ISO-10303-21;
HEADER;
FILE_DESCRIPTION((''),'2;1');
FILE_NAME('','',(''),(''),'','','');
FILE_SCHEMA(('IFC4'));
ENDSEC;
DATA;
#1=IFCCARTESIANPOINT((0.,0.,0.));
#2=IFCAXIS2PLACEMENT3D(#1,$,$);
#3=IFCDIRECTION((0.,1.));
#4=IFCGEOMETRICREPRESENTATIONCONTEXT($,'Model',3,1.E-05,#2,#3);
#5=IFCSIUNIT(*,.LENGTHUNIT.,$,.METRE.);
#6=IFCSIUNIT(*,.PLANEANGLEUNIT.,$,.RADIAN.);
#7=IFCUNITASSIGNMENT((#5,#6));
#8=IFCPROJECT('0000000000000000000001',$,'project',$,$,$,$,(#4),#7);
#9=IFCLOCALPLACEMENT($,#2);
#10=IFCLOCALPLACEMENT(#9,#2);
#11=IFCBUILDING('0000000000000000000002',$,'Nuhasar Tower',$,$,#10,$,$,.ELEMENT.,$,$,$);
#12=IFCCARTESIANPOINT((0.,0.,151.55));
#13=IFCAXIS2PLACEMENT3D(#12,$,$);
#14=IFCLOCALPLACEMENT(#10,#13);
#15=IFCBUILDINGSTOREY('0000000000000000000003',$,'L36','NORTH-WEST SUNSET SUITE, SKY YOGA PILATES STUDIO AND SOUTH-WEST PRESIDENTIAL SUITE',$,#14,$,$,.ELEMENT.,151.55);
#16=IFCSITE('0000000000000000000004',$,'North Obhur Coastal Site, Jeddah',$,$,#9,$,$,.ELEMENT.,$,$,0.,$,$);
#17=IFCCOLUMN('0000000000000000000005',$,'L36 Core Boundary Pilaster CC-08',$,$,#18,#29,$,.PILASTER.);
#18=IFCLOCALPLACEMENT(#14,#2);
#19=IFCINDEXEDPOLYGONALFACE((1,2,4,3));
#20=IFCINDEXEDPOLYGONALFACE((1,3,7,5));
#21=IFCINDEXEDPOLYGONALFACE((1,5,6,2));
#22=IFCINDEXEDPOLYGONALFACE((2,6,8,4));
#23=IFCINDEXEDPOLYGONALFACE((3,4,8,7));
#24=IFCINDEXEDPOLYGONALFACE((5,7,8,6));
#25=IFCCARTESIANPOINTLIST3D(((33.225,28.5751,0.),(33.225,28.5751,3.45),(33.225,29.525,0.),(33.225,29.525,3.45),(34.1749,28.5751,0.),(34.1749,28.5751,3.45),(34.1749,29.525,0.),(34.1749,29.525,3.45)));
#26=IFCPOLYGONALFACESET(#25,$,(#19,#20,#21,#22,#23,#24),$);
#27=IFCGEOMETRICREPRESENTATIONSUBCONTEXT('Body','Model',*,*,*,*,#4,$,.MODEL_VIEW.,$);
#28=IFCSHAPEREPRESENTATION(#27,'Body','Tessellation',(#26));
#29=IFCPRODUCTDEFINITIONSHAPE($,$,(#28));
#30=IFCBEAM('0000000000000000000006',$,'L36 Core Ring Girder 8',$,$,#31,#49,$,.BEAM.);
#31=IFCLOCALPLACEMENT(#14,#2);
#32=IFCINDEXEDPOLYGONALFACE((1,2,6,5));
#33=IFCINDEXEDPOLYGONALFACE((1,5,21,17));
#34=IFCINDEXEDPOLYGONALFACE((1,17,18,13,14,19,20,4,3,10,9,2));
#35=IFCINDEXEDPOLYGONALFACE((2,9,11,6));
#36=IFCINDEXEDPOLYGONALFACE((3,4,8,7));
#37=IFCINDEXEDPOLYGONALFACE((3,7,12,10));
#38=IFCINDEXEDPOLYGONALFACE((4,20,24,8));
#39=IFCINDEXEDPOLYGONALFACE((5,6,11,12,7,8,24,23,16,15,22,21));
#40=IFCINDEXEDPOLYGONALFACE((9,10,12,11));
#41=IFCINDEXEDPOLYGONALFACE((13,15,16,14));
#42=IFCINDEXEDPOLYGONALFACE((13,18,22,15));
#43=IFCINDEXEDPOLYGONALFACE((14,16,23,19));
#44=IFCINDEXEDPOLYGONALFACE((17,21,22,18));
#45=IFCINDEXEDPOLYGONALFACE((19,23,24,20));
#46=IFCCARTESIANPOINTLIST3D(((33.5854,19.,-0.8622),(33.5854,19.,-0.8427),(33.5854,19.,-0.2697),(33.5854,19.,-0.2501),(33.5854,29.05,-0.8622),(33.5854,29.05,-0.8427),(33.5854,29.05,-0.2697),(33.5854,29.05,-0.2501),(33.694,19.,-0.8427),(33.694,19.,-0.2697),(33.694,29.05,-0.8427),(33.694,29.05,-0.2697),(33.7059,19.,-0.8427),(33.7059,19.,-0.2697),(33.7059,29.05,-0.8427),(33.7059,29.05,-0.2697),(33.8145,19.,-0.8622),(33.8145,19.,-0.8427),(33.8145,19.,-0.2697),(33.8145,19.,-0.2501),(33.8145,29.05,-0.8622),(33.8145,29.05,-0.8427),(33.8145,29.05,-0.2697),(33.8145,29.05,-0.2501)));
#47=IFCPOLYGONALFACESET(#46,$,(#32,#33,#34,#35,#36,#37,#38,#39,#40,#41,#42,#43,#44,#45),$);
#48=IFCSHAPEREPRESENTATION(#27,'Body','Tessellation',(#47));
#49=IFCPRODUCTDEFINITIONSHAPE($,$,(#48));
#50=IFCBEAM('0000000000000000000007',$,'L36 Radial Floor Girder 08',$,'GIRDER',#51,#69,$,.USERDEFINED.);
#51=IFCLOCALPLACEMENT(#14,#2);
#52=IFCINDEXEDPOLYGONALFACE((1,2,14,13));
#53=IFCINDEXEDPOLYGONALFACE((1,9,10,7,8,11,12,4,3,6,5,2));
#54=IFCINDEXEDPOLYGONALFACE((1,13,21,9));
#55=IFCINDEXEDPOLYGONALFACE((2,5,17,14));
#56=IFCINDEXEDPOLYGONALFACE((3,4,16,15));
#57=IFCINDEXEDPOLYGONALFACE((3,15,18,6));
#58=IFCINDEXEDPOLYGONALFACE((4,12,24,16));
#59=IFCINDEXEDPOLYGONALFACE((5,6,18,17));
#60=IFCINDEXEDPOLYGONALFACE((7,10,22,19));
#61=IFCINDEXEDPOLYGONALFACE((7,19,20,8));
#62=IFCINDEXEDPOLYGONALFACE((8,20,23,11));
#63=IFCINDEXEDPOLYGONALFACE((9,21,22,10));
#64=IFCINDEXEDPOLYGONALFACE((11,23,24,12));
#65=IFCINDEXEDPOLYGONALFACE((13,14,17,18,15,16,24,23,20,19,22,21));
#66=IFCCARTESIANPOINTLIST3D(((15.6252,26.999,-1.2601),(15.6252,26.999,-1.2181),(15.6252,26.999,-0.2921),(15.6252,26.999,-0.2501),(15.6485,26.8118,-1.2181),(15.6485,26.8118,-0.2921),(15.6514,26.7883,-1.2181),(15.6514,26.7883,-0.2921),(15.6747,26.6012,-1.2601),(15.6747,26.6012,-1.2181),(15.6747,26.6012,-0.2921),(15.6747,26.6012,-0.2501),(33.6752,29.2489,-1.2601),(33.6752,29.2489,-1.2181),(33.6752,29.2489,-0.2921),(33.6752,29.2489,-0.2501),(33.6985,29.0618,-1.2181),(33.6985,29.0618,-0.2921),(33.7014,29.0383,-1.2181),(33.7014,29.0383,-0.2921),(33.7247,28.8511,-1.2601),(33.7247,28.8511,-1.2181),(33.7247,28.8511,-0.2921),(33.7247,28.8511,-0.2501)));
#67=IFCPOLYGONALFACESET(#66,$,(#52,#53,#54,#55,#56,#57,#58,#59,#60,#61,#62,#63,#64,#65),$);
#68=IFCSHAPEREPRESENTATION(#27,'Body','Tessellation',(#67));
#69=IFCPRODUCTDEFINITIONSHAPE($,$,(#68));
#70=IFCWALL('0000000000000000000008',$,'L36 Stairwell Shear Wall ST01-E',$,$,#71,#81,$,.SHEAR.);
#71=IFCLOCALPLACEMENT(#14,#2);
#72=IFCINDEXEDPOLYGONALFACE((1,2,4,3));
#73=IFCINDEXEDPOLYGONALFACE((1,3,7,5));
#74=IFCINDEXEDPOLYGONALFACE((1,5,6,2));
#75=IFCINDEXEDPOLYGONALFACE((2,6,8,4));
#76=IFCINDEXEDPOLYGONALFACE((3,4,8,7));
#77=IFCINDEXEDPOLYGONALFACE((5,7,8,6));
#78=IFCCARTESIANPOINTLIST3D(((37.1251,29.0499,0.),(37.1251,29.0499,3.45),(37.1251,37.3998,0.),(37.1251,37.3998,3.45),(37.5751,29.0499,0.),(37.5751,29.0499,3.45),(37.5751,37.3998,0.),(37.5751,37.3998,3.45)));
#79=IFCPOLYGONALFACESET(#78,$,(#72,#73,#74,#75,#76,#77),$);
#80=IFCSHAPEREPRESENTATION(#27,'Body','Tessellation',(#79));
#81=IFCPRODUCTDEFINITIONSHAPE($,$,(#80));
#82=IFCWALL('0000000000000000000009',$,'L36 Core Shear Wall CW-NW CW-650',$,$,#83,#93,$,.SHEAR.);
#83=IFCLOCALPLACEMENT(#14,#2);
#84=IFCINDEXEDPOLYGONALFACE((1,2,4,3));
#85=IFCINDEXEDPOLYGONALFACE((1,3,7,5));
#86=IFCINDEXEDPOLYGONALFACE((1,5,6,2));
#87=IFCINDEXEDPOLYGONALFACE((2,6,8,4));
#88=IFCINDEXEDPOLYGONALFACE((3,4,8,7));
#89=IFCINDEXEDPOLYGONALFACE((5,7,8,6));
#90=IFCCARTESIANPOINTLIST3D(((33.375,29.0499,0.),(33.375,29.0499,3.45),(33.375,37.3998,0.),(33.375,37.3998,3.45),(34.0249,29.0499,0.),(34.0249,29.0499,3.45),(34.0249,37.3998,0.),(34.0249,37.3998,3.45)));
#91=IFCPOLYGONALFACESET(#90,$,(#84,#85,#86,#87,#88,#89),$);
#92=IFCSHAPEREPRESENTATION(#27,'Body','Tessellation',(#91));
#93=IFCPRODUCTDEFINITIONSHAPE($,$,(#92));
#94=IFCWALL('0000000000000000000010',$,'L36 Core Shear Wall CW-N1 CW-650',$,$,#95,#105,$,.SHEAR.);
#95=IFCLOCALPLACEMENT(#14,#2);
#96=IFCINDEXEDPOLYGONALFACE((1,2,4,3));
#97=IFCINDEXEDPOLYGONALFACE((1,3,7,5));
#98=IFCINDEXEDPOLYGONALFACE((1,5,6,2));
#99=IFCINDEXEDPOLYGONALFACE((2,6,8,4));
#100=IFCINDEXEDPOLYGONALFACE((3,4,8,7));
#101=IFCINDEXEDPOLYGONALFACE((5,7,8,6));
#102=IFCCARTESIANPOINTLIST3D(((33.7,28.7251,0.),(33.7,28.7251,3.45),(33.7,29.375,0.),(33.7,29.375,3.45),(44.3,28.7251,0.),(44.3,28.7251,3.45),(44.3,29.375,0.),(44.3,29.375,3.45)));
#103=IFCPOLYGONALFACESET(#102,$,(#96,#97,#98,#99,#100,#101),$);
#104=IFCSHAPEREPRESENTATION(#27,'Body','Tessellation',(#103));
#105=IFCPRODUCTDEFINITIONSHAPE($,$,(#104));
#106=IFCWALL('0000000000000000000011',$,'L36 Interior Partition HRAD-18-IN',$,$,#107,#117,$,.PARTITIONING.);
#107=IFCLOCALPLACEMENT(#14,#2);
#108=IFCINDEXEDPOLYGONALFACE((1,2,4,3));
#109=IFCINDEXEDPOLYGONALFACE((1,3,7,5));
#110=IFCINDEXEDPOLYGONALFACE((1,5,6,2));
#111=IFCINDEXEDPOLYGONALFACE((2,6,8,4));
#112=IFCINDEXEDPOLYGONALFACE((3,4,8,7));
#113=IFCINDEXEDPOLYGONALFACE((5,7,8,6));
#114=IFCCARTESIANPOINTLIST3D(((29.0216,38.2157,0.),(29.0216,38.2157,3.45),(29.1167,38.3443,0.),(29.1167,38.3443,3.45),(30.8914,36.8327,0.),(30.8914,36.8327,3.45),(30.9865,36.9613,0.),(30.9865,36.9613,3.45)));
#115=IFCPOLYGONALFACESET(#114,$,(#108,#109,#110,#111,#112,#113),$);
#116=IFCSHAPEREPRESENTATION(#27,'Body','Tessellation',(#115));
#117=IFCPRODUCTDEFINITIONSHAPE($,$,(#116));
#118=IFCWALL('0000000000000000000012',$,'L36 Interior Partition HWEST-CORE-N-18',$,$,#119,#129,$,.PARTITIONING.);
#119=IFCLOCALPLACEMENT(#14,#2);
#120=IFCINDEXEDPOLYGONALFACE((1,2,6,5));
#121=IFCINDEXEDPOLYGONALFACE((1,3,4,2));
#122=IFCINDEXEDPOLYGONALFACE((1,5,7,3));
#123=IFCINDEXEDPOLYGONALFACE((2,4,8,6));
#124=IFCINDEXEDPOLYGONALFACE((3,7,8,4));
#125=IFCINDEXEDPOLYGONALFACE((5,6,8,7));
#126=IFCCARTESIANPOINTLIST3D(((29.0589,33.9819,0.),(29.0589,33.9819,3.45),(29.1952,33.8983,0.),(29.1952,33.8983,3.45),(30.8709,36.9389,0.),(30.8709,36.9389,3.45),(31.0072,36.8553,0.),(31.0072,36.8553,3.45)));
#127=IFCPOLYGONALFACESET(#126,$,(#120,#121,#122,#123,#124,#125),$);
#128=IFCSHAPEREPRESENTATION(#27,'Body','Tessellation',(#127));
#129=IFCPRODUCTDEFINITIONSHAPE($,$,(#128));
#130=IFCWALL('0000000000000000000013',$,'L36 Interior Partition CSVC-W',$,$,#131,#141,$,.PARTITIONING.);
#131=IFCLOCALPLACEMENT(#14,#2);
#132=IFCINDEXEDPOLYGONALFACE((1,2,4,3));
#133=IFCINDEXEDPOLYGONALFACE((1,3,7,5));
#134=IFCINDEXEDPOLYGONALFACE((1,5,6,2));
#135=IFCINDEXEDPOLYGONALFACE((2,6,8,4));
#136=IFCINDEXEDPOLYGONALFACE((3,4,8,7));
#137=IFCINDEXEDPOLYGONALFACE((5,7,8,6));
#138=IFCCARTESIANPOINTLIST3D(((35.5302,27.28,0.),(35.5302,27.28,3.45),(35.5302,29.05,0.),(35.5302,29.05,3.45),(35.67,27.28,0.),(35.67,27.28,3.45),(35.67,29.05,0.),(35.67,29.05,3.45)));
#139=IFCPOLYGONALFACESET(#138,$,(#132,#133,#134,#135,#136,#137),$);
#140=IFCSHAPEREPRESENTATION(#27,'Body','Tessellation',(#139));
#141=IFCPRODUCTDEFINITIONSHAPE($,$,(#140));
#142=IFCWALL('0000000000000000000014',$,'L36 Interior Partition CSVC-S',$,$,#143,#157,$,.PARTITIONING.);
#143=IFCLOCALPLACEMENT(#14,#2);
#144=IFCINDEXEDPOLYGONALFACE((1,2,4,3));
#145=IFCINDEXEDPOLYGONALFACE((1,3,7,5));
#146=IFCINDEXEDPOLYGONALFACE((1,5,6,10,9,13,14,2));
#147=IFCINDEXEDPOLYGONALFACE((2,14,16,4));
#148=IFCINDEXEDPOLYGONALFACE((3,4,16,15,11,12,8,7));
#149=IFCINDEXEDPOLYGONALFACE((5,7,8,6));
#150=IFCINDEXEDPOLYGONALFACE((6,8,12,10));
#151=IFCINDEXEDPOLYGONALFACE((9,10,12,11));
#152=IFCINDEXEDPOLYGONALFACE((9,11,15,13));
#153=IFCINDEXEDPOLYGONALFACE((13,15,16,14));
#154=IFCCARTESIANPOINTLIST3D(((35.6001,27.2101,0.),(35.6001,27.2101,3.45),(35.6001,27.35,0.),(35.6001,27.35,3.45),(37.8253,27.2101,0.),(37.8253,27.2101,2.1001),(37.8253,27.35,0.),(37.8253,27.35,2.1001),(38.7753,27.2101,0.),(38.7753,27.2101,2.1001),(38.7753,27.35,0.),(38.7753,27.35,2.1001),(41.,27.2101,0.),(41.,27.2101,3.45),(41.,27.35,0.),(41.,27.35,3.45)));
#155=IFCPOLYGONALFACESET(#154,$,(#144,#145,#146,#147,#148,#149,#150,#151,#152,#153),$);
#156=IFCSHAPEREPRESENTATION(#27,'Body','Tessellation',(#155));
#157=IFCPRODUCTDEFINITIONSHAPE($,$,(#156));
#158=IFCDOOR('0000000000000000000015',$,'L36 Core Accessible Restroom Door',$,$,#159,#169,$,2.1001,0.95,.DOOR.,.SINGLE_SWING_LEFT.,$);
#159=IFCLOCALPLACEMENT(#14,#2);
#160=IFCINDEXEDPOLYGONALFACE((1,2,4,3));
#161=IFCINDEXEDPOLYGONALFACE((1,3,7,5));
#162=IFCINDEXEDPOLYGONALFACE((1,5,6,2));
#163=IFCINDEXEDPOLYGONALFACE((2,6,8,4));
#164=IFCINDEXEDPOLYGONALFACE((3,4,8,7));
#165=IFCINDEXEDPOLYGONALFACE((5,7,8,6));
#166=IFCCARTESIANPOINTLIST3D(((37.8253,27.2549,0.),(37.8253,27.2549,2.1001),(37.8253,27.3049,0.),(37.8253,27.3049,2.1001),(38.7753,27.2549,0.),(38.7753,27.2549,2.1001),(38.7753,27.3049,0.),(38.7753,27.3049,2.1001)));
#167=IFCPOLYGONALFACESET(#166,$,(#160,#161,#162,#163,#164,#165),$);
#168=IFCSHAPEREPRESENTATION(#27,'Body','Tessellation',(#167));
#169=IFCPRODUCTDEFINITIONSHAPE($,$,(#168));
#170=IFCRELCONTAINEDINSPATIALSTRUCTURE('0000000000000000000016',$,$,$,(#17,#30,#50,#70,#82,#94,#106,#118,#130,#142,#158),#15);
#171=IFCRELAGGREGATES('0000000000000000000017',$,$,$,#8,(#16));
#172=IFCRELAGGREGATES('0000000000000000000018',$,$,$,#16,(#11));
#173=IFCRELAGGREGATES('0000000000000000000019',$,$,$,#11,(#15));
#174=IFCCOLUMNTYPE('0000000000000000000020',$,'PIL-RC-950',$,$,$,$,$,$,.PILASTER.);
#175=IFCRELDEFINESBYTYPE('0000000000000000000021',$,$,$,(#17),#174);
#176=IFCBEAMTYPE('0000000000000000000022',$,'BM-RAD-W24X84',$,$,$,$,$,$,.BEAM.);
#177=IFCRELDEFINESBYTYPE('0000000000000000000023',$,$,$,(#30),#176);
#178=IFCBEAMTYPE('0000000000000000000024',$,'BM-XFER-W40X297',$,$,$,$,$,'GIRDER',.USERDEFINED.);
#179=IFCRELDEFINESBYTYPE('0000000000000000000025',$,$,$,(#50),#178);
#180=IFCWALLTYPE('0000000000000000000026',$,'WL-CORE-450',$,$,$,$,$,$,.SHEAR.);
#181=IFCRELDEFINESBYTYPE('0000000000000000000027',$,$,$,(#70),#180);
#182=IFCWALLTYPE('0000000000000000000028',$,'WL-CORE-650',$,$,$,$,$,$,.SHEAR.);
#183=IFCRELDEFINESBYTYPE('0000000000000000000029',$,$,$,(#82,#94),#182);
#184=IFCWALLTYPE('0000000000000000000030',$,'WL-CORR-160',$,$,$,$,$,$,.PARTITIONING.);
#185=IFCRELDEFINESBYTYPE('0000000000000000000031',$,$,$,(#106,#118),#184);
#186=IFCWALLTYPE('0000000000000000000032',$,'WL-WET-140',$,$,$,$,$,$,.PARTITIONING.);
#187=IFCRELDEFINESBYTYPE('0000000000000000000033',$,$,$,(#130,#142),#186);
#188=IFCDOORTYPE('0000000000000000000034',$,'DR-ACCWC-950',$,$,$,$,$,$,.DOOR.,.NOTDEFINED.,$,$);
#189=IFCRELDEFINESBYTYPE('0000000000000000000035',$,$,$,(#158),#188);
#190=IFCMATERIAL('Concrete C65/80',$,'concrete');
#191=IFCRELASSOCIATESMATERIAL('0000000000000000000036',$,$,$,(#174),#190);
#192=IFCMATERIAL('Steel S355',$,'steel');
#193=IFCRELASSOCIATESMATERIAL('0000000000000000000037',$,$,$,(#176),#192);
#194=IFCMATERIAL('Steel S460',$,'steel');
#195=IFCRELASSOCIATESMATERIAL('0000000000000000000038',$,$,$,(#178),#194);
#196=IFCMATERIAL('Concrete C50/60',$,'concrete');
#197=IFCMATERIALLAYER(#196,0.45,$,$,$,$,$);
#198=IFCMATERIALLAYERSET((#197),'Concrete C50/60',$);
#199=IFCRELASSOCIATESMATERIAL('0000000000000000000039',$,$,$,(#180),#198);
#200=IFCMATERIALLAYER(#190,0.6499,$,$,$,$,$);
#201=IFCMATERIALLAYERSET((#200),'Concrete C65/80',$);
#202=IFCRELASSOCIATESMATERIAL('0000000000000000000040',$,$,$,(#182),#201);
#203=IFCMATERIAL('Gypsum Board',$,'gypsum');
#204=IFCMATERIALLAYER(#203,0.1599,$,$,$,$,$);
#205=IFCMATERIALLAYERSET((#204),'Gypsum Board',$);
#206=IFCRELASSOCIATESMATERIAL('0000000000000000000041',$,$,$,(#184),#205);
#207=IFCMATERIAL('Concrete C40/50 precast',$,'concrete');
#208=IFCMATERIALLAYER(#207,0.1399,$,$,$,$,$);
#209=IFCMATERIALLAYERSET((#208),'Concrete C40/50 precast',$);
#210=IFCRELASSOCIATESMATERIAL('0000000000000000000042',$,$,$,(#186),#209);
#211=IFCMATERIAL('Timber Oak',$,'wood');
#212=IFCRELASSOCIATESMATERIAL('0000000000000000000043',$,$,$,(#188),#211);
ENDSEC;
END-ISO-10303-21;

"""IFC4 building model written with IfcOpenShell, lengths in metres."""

from ifc_helpers import new_model, si_unit, direction, frame, frame_2d, origin, origin_2d, place, context, subcontext, project, spatial, rectangle, i_section, extrude, material, layer, layer_set, material_profile, profile_set, type_object, element, fill, save


model = new_model("IFC4")

# Units and contexts
model_context = context("Model", 3, precision=1e-05, world=origin(), true_north=direction((0.0, 1.0)))
body_context = subcontext(model_context, "Body", "Model", "MODEL_VIEW")
ifc_project = project(units=[si_unit("LENGTHUNIT", "METRE"), si_unit("PLANEANGLEUNIT", "RADIAN")], contexts=[model_context])

# Site, building, storey
site_placement = place(None, origin())
site = spatial("IfcSite", under=ifc_project, at=site_placement, Name="North Obhur Coastal Site, Jeddah", CompositionType="ELEMENT", RefElevation=0.0)
building_placement = place(site_placement, origin())
building = spatial("IfcBuilding", under=site, at=building_placement, Name="Nuhasar Tower", CompositionType="ELEMENT")
storey_placement = place(building_placement, frame((0.0, 0.0, 151.55)))
storey = spatial("IfcBuildingStorey", under=building, at=storey_placement, Name="L36", Description="NORTH-WEST SUNSET SUITE, SKY YOGA PILATES STUDIO AND SOUTH-WEST PRESIDENTIAL SUITE", CompositionType="ELEMENT", Elevation=151.55)

# Column
ifc_material_1 = material(Name="Concrete C65/80", Category="concrete")
ifc_material_profile_1 = material_profile(ifc_material_1, rectangle(XDim=0.95, YDim=0.95, at=origin_2d()), Name="RC950X950")
ifc_profile_set_1 = profile_set([ifc_material_profile_1], Name="Concrete C65/80")
column_type = type_object("IfcColumnType", Name="PIL-RC-950", PredefinedType="PILASTER", material=ifc_profile_set_1)
column_placement = place(storey_placement, frame((33.7, 29.05, 0.0), z_axis=(0.0, 0.0, 1.0), x_axis=(1.0, 0.0, 0.0)))
element("IfcColumn", 1, at=column_placement, inside=storey, type_object=column_type, Name="L36 Core Boundary Pilaster CC-08", PredefinedType="PILASTER", context=body_context, shape_type="SweptSolid", body=[
    extrude(rectangle(XDim=0.95, YDim=0.95, at=origin_2d()), origin(), (0.0, 0.0, 1.0), 3.45),
])

# Beams
ifc_material_2 = material(Name="Steel S355", Category="steel")
ifc_material_profile_2 = material_profile(ifc_material_2, i_section(OverallWidth=0.229, OverallDepth=0.6121, WebThickness=0.012, FlangeThickness=0.0195, at=origin_2d()), Name="W24X84")
ifc_profile_set_2 = profile_set([ifc_material_profile_2], Name="Steel S355")
beam_type_1 = type_object("IfcBeamType", Name="BM-RAD-W24X84", PredefinedType="BEAM", material=ifc_profile_set_2)
beam_1_placement = place(storey_placement, frame((33.7, 29.05, -0.5562), z_axis=(0.0, -1.0, 0.0), x_axis=(1.0, 0.0, 0.0)))
element("IfcBeam", 2, at=beam_1_placement, inside=storey, type_object=beam_type_1, Name="L36 Core Ring Girder 8", PredefinedType="BEAM", context=body_context, shape_type="SweptSolid", body=[
    extrude(i_section(OverallWidth=0.229, OverallDepth=0.6121, WebThickness=0.012, FlangeThickness=0.0195, at=origin_2d()), origin(), (0.0, 0.0, 1.0), 10.05),
])
ifc_material_3 = material(Name="Steel S460", Category="steel")
ifc_material_profile_3 = material_profile(ifc_material_3, i_section(OverallWidth=0.4009, OverallDepth=1.01, WebThickness=0.0237, FlangeThickness=0.042, at=origin_2d()), Name="W40X297")
ifc_profile_set_3 = profile_set([ifc_material_profile_3], Name="Steel S460")
beam_type_2 = type_object("IfcBeamType", Name="BM-XFER-W40X297", ElementType="GIRDER", PredefinedType="USERDEFINED", material=ifc_profile_set_3)
beam_2_placement = place(storey_placement, frame((33.7, 29.05, -0.7551), z_axis=(-0.99232, -0.123696, 0.0), x_axis=(0.123696, -0.99232, 0.0)))
element("IfcBeam", 3, at=beam_2_placement, inside=storey, type_object=beam_type_2, Name="L36 Radial Floor Girder 08", ObjectType="GIRDER", PredefinedType="USERDEFINED", context=body_context, shape_type="SweptSolid", body=[
    extrude(i_section(OverallWidth=0.4009, OverallDepth=1.01, WebThickness=0.0237, FlangeThickness=0.042, at=origin_2d()), origin(), (0.0, 0.0, 1.0), 18.1897),
])

# Walls
ifc_material_4 = material(Name="Concrete C50/60", Category="concrete")
ifc_layer_1 = layer(ifc_material_4, 0.45)
ifc_layer_set_1 = layer_set([ifc_layer_1], Name="Concrete C50/60")
wall_type_1 = type_object("IfcWallType", Name="WL-CORE-450", PredefinedType="SHEAR", material=ifc_layer_set_1)
wall_1_placement = place(storey_placement, frame((37.3501, 29.05, 0.0), z_axis=(0.0, 0.0, 1.0), x_axis=(0.0, 1.0, 0.0)))
element("IfcWall", 4, at=wall_1_placement, inside=storey, type_object=wall_type_1, Name="L36 Stairwell Shear Wall ST01-E", PredefinedType="SHEAR", context=body_context, shape_type="SweptSolid", body=[
    extrude(rectangle(XDim=8.3499, YDim=0.45, at=frame_2d((4.1748, 0.0))), origin(), (0.0, 0.0, 1.0), 3.45),
])
ifc_layer_2 = layer(ifc_material_1, 0.6499)
ifc_layer_set_2 = layer_set([ifc_layer_2], Name="Concrete C65/80")
wall_type_2 = type_object("IfcWallType", Name="WL-CORE-650", PredefinedType="SHEAR", material=ifc_layer_set_2)
wall_2_placement = place(storey_placement, frame((33.7, 29.05, 0.0), z_axis=(0.0, 0.0, 1.0), x_axis=(0.0, 1.0, 0.0)))
element("IfcWall", 5, at=wall_2_placement, inside=storey, type_object=wall_type_2, Name="L36 Core Shear Wall CW-NW CW-650", PredefinedType="SHEAR", context=body_context, shape_type="SweptSolid", body=[
    extrude(rectangle(XDim=8.3499, YDim=0.6499, at=frame_2d((4.1748, 0.0))), origin(), (0.0, 0.0, 1.0), 3.45),
])
wall_3_placement = place(storey_placement, frame((33.7, 29.05, 0.0), z_axis=(0.0, 0.0, 1.0), x_axis=(1.0, 0.0, 0.0)))
element("IfcWall", 6, at=wall_3_placement, inside=storey, type_object=wall_type_2, Name="L36 Core Shear Wall CW-N1 CW-650", PredefinedType="SHEAR", context=body_context, shape_type="SweptSolid", body=[
    extrude(rectangle(XDim=10.6001, YDim=0.6499, at=frame_2d((5.3, 0.0))), origin(), (0.0, 0.0, 1.0), 3.45),
])
ifc_material_5 = material(Name="Gypsum Board", Category="gypsum")
ifc_layer_3 = layer(ifc_material_5, 0.1599)
ifc_layer_set_3 = layer_set([ifc_layer_3], Name="Gypsum Board")
wall_type_3 = type_object("IfcWallType", Name="WL-CORR-160", PredefinedType="PARTITIONING", material=ifc_layer_set_3)
wall_4_placement = place(storey_placement, frame((30.939, 36.897, 0.0), z_axis=(0.0, 0.0, 1.0), x_axis=(-0.803975, 0.594663, 0.0)))
element("IfcWall", 7, at=wall_4_placement, inside=storey, type_object=wall_type_3, Name="L36 Interior Partition HRAD-18-IN", PredefinedType="PARTITIONING", context=body_context, shape_type="SweptSolid", body=[
    extrude(rectangle(XDim=2.3257, YDim=0.1599, at=frame_2d((1.1628, 0.0))), origin(), (0.0, 0.0, 1.0), 3.45),
])
wall_5_placement = place(storey_placement, frame((30.939, 36.897, 0.0), z_axis=(0.0, 0.0, 1.0), x_axis=(-0.522486, -0.852648, 0.0)))
element("IfcWall", 8, at=wall_5_placement, inside=storey, type_object=wall_type_3, Name="L36 Interior Partition HWEST-CORE-N-18", PredefinedType="PARTITIONING", context=body_context, shape_type="SweptSolid", body=[
    extrude(rectangle(XDim=3.468, YDim=0.1599, at=frame_2d((1.7339, 0.0))), origin(), (0.0, 0.0, 1.0), 3.45),
])
ifc_material_6 = material(Name="Concrete C40/50 precast", Category="concrete")
ifc_layer_4 = layer(ifc_material_6, 0.1399)
ifc_layer_set_4 = layer_set([ifc_layer_4], Name="Concrete C40/50 precast")
wall_type_4 = type_object("IfcWallType", Name="WL-WET-140", PredefinedType="PARTITIONING", material=ifc_layer_set_4)
wall_6_placement = place(storey_placement, frame((35.6001, 27.28, 0.0), z_axis=(0.0, 0.0, 1.0), x_axis=(0.0, 1.0, 0.0)))
element("IfcWall", 9, at=wall_6_placement, inside=storey, type_object=wall_type_4, Name="L36 Interior Partition CSVC-W", PredefinedType="PARTITIONING", context=body_context, shape_type="SweptSolid", body=[
    extrude(rectangle(XDim=1.77, YDim=0.1399, at=frame_2d((0.885, 0.0))), origin(), (0.0, 0.0, 1.0), 3.45),
])

# Wall, opening, door
wall_7_placement = place(storey_placement, frame((35.6001, 27.28, 0.0), z_axis=(0.0, 0.0, 1.0), x_axis=(1.0, 0.0, 0.0)))
wall_7 = element("IfcWall", 10, at=wall_7_placement, inside=storey, type_object=wall_type_4, Name="L36 Interior Partition CSVC-S", PredefinedType="PARTITIONING", context=body_context, shape_type="SweptSolid", body=[
    extrude(rectangle(XDim=5.3999, YDim=0.1399, at=frame_2d((2.7, 0.0))), origin(), (0.0, 0.0, 1.0), 3.45),
])
opening_1_placement = place(wall_7_placement, frame((2.2251, 0.0, 0.0)))
opening_1 = element("IfcOpeningElement", 11, at=opening_1_placement, cuts=wall_7, PredefinedType="OPENING", context=body_context, shape_type="SweptSolid", body=[
    extrude(rectangle(XDim=0.95, YDim=2.1001, at=frame_2d((0.4751, 1.05))), frame((0.0, 0.0801, 0.0), z_axis=(0.0, -1.0, 0.0), x_axis=(1.0, 0.0, 0.0)), (0.0, 0.0, 1.0), 0.1599),
])
ifc_material_7 = material(Name="Timber Oak", Category="wood")
door_type_1 = type_object("IfcDoorType", Name="DR-ACCWC-950", OperationType="NOTDEFINED", PredefinedType="DOOR", material=ifc_material_7)
door_1_placement = place(opening_1_placement, origin())
door_1 = element("IfcDoor", 12, at=door_1_placement, inside=storey, type_object=door_type_1, Name="L36 Core Accessible Restroom Door", OperationType="SINGLE_SWING_LEFT", OverallHeight=2.1001, OverallWidth=0.95, PredefinedType="DOOR", context=body_context, shape_type="SweptSolid", body=[
    extrude(rectangle(XDim=0.95, YDim=2.1001, at=frame_2d((0.4751, 1.05))), frame((0.0, 0.0249, 0.0), z_axis=(0.0, -1.0, 0.0), x_axis=(1.0, 0.0, 0.0)), (0.0, 0.0, 1.0), 0.05),
])
fill(opening_1, door_1)

save(model, "model.ifc")
